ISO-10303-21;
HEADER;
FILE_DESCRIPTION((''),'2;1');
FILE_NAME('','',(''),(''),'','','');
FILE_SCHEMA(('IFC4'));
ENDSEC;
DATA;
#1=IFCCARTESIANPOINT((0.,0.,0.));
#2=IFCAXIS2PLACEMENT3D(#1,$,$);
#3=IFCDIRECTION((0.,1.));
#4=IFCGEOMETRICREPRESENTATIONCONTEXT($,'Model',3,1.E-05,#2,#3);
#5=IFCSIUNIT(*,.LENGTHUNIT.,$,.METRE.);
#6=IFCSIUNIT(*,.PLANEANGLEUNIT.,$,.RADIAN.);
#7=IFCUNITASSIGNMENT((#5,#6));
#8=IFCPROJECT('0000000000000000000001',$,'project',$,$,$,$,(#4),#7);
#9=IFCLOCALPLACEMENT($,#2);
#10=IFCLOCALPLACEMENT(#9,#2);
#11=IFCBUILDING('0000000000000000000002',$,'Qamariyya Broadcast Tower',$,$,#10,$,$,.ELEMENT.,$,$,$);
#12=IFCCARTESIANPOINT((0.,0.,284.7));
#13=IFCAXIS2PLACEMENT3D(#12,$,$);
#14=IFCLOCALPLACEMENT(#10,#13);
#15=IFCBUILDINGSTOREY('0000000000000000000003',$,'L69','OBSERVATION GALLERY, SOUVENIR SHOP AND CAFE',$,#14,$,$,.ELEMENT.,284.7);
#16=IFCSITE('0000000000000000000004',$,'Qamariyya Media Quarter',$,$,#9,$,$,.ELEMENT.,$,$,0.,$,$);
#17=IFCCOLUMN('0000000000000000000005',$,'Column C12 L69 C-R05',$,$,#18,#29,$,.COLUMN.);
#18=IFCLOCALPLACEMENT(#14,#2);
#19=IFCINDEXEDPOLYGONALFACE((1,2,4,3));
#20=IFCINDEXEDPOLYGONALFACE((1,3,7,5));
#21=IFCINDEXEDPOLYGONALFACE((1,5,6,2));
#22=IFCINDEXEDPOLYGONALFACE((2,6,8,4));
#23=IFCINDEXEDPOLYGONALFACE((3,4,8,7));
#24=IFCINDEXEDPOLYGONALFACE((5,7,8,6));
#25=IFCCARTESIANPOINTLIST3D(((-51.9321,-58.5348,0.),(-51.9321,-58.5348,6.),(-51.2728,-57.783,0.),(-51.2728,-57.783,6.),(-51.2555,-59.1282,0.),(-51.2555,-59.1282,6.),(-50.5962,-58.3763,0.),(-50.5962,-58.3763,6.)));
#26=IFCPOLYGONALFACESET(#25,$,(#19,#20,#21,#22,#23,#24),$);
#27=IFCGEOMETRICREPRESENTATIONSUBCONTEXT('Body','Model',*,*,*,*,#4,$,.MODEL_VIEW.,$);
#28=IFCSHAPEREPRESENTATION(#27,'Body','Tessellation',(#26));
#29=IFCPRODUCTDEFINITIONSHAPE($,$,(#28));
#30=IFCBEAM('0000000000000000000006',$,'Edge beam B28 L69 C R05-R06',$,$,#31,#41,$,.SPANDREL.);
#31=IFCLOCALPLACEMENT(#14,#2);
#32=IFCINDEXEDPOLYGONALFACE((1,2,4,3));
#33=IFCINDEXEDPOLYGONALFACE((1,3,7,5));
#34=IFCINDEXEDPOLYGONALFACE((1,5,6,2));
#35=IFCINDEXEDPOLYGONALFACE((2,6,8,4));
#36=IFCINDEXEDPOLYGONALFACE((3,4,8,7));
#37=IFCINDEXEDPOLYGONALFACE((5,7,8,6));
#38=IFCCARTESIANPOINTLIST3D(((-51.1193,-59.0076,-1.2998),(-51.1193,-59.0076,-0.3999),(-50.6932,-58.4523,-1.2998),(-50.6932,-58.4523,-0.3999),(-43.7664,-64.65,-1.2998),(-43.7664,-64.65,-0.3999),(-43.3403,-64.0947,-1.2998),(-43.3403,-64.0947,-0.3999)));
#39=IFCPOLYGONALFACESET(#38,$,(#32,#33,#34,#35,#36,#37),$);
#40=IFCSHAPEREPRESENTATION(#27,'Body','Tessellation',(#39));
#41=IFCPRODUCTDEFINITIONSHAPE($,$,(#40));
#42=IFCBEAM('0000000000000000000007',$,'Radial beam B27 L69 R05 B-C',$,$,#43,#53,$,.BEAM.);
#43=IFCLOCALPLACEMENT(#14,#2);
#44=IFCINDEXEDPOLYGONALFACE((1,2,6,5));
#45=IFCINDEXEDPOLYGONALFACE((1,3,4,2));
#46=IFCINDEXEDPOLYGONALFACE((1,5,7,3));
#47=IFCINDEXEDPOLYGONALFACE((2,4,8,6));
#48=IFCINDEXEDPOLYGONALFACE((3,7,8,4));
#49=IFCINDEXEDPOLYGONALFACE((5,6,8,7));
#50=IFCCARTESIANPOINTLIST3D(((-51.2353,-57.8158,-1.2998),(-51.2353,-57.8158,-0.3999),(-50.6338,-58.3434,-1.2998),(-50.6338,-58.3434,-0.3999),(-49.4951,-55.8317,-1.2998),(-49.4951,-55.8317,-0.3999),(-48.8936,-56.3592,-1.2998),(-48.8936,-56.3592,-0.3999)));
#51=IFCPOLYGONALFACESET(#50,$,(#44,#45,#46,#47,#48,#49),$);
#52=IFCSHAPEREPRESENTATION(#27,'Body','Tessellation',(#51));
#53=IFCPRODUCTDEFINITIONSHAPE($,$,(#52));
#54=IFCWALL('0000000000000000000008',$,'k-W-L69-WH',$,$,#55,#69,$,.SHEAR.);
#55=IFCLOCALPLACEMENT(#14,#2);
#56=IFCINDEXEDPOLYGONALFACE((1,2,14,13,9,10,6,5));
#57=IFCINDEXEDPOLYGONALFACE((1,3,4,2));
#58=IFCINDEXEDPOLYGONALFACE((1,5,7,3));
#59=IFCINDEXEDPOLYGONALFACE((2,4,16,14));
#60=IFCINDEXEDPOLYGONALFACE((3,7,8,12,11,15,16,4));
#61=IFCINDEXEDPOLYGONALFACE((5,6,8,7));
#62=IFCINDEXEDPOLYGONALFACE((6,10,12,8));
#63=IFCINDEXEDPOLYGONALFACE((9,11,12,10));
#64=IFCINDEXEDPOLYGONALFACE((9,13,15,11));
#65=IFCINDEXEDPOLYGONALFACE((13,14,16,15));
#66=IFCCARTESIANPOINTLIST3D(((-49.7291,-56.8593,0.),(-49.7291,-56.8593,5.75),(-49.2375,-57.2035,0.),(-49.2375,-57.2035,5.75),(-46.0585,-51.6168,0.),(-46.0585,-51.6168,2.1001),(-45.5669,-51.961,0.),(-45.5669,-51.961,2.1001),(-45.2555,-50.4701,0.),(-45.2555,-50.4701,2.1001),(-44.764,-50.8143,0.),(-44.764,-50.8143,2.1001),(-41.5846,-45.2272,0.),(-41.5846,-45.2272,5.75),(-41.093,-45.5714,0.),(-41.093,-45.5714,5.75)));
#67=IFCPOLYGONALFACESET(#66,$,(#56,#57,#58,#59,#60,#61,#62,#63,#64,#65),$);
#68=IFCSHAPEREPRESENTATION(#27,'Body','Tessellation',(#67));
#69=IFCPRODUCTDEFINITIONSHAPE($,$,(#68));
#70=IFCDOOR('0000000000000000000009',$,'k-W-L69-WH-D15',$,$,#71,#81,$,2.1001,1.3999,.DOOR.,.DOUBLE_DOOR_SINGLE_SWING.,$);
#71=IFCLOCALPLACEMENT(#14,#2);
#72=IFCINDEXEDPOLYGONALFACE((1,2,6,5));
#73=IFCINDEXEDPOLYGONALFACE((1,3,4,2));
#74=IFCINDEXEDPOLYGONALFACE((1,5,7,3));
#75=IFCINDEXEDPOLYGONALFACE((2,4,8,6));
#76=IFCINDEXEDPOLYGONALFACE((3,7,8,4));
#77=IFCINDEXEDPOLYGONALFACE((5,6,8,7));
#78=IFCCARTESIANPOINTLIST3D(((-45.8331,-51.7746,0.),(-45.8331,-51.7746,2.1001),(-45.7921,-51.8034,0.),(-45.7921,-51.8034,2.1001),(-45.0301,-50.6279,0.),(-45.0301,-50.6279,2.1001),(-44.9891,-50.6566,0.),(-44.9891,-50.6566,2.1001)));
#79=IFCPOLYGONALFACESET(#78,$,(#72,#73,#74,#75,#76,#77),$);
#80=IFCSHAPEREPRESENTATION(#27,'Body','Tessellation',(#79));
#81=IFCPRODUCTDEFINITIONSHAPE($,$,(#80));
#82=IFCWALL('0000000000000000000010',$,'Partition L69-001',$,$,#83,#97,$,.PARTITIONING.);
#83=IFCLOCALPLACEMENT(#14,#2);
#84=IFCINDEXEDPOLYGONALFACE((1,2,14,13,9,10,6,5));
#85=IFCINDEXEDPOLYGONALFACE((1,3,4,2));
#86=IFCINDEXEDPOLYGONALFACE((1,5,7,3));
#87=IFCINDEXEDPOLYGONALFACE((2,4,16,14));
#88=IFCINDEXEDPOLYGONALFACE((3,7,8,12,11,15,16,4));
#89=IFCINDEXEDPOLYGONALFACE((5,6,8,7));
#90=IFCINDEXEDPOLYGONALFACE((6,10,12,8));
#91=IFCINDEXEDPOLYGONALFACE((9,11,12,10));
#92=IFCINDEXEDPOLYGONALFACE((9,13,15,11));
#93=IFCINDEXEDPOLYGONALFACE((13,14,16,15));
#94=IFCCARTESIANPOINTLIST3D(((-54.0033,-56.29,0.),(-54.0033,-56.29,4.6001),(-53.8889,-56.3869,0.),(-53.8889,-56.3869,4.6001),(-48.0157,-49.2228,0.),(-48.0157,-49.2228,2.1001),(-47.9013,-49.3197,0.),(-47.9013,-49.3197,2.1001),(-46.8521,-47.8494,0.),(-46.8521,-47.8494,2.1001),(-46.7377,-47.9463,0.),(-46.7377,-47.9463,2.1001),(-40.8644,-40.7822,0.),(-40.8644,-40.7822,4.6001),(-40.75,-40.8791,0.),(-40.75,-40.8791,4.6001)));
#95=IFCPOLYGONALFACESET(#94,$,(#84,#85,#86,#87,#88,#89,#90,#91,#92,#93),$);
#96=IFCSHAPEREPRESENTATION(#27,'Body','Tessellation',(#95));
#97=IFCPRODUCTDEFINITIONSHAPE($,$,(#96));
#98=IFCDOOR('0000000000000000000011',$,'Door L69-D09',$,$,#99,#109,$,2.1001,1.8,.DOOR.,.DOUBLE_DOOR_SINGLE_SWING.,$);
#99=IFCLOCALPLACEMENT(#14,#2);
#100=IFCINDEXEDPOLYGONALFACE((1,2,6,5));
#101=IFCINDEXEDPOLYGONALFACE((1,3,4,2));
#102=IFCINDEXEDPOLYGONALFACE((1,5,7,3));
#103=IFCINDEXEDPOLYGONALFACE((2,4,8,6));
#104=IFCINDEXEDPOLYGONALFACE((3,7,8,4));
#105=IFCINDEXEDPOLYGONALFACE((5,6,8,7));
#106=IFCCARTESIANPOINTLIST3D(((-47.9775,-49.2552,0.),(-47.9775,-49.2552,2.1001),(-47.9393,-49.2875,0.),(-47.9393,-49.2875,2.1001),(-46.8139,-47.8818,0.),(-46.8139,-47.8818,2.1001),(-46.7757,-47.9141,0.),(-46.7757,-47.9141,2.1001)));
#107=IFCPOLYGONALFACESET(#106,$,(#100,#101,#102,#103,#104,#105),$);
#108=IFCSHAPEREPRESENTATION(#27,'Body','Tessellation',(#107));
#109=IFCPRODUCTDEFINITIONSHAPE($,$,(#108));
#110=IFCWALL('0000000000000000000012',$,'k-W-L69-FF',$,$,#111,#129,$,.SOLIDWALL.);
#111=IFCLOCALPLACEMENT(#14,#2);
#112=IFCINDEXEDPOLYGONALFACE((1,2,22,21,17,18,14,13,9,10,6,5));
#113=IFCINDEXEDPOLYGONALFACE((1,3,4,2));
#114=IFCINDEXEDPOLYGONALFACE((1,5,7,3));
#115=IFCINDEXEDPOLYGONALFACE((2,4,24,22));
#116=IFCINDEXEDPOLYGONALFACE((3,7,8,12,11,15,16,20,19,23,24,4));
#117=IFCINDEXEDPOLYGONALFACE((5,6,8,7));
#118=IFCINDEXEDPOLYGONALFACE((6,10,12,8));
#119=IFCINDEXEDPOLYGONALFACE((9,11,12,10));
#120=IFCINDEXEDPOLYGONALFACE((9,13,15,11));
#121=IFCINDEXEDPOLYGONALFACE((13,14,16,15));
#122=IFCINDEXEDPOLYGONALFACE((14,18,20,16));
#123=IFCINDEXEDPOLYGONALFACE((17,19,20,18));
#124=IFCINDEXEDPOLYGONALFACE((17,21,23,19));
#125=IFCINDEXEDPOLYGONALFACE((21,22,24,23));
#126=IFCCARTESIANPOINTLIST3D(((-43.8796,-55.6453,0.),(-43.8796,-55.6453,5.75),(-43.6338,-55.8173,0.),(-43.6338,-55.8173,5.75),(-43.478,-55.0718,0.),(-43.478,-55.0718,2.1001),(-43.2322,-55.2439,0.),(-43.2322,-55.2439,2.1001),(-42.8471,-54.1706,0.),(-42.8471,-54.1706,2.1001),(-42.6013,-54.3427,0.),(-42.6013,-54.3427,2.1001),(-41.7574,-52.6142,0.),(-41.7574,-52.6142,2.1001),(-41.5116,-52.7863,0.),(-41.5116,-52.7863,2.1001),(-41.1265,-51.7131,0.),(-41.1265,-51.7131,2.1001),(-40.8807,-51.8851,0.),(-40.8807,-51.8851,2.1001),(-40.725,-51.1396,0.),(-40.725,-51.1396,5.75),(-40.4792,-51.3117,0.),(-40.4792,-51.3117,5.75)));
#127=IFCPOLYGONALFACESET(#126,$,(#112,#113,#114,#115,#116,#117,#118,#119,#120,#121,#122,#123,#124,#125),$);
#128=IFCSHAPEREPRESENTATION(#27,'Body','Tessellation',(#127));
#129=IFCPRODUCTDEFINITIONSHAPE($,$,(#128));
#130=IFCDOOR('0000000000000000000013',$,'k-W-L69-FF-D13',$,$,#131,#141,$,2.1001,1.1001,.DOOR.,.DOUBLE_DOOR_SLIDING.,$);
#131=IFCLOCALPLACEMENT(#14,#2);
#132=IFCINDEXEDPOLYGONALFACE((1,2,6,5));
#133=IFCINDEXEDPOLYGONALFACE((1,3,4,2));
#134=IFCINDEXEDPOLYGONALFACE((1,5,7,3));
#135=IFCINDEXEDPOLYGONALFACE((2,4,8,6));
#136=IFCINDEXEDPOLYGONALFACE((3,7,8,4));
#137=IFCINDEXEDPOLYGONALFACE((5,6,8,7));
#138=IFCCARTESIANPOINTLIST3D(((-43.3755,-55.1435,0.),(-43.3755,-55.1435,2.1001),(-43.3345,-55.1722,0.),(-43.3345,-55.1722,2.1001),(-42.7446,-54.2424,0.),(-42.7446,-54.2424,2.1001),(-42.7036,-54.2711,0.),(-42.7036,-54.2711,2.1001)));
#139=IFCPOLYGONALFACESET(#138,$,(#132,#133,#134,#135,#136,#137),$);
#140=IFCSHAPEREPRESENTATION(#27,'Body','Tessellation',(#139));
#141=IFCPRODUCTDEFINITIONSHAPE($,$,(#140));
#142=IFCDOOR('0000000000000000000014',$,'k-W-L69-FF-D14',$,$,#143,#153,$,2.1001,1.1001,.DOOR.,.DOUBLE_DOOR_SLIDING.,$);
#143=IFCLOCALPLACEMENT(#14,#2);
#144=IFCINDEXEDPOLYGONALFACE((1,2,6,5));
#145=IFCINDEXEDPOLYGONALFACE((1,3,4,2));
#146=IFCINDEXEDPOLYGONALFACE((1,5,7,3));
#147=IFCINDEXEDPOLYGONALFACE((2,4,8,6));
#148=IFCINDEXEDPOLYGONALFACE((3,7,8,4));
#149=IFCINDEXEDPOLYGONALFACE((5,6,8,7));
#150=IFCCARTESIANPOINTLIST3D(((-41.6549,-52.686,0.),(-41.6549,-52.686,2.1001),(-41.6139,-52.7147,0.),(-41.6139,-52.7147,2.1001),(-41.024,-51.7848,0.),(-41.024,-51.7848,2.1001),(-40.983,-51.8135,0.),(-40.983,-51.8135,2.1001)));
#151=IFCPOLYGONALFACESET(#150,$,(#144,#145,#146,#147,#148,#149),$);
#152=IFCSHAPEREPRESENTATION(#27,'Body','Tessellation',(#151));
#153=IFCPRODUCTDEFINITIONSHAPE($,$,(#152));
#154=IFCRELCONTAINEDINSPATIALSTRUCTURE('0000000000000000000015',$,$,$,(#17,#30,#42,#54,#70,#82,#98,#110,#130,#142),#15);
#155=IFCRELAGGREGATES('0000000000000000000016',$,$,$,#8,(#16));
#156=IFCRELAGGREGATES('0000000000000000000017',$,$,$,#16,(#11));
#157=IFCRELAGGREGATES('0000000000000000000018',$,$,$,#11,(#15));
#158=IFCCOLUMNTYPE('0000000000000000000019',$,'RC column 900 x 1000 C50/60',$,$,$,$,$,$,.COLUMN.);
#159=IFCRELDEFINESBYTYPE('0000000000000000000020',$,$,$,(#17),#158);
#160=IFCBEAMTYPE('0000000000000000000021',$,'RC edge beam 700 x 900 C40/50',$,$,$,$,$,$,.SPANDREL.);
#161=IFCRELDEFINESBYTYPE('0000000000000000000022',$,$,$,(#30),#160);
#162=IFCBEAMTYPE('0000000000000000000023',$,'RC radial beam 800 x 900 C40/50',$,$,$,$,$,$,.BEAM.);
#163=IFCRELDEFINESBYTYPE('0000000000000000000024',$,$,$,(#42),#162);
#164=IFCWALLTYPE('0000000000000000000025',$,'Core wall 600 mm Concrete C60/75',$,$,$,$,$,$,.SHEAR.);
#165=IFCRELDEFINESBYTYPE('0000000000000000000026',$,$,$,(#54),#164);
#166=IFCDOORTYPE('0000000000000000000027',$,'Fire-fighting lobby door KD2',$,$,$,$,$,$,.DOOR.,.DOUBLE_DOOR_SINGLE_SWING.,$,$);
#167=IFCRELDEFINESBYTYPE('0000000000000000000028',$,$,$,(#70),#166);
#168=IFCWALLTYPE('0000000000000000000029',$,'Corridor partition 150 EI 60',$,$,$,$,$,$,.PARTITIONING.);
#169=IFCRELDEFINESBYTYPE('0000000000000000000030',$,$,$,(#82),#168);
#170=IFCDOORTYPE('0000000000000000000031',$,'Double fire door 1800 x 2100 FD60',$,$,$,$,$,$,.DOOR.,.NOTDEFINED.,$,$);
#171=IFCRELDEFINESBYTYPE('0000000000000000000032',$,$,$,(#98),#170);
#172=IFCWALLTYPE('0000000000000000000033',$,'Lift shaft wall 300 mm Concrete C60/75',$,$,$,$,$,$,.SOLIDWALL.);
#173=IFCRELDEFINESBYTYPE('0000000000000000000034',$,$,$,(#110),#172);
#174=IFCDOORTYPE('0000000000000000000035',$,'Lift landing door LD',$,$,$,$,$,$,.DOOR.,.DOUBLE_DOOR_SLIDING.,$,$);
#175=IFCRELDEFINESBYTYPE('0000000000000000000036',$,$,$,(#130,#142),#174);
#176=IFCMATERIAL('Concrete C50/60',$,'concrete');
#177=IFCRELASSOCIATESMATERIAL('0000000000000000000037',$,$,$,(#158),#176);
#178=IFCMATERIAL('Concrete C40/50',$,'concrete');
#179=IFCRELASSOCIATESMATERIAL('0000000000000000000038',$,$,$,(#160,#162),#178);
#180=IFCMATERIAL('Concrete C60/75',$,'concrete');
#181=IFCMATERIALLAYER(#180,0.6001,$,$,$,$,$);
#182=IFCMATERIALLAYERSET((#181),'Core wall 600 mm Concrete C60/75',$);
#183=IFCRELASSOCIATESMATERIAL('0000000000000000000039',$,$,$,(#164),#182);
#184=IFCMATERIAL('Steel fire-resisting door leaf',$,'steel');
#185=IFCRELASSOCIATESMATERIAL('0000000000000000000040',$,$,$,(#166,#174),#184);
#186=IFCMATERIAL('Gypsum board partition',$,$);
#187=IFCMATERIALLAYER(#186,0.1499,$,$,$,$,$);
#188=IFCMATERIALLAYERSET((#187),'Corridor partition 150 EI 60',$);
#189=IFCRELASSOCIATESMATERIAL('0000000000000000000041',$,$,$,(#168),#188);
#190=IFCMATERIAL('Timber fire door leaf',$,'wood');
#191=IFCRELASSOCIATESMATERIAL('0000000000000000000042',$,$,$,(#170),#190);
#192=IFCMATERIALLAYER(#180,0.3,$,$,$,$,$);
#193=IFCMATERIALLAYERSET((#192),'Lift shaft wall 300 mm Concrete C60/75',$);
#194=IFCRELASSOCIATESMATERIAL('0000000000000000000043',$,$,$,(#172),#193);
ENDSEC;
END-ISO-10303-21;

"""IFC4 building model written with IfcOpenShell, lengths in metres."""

from ifc_helpers import new_model, si_unit, direction, frame, frame_2d, origin, origin_2d, place, context, subcontext, project, spatial, rectangle, extrude, material, layer, layer_set, material_profile, profile_set, type_object, element, fill, save


model = new_model("IFC4")

# Units and contexts
model_context = context("Model", 3, precision=1e-05, world=origin(), true_north=direction((0.0, 1.0)))
body_context = subcontext(model_context, "Body", "Model", "MODEL_VIEW")
ifc_project = project(units=[si_unit("LENGTHUNIT", "METRE"), si_unit("PLANEANGLEUNIT", "RADIAN")], contexts=[model_context])

# Site, building, storey
site_placement = place(None, origin())
site = spatial("IfcSite", under=ifc_project, at=site_placement, Name="Qamariyya Media Quarter", CompositionType="ELEMENT", RefElevation=0.0)
building_placement = place(site_placement, origin())
building = spatial("IfcBuilding", under=site, at=building_placement, Name="Qamariyya Broadcast Tower", CompositionType="ELEMENT")
storey_placement = place(building_placement, frame((0.0, 0.0, 284.7)))
storey = spatial("IfcBuildingStorey", under=building, at=storey_placement, Name="L69", Description="OBSERVATION GALLERY, SOUVENIR SHOP AND CAFE", CompositionType="ELEMENT", Elevation=284.7)

# Column
ifc_material_1 = material(Name="Concrete C50/60", Category="concrete")
ifc_material_profile_1 = material_profile(ifc_material_1, rectangle(XDim=0.8999, YDim=1.0, at=origin_2d()))
ifc_profile_set_1 = profile_set([ifc_material_profile_1], Name="Concrete C50/60")
column_type = type_object("IfcColumnType", Name="RC column 900 x 1000 C50/60", PredefinedType="COLUMN", material=ifc_profile_set_1)
column_placement = place(storey_placement, frame((-51.2642, -58.4556, 0.0), z_axis=(0.0, 0.0, 1.0), x_axis=(0.75184, -0.659346, 0.0)))
element("IfcColumn", 1, at=column_placement, inside=storey, type_object=column_type, Name="Column C12 L69 C-R05", PredefinedType="COLUMN", context=body_context, shape_type="SweptSolid", body=[
    extrude(rectangle(XDim=0.8999, YDim=1.0, at=origin_2d()), origin(), (0.0, 0.0, 1.0), 6.0),
])

# Beams
ifc_material_2 = material(Name="Concrete C40/50", Category="concrete")
ifc_material_profile_2 = material_profile(ifc_material_2, rectangle(XDim=0.7, YDim=0.8999, at=origin_2d()))
ifc_profile_set_2 = profile_set([ifc_material_profile_2], Name="Concrete C40/50")
beam_type_1 = type_object("IfcBeamType", Name="RC edge beam 700 x 900 C40/50", PredefinedType="SPANDREL", material=ifc_profile_set_2)
beam_1_placement = place(storey_placement, frame((-50.9062, -58.73, -0.8499), z_axis=(0.793335, -0.608785, 0.0), x_axis=(0.608785, 0.793335, 0.0)))
element("IfcBeam", 2, at=beam_1_placement, inside=storey, type_object=beam_type_1, Name="Edge beam B28 L69 C R05-R06", PredefinedType="SPANDREL", context=body_context, shape_type="SweptSolid", body=[
    extrude(rectangle(XDim=0.7, YDim=0.8999, at=origin_2d()), origin(), (0.0, 0.0, 1.0), 9.2683),
])
ifc_material_profile_3 = material_profile(ifc_material_2, rectangle(XDim=0.8, YDim=0.8999, at=origin_2d()))
ifc_profile_set_3 = profile_set([ifc_material_profile_3], Name="Concrete C40/50")
beam_type_2 = type_object("IfcBeamType", Name="RC radial beam 800 x 900 C40/50", PredefinedType="BEAM", material=ifc_profile_set_3)
beam_2_placement = place(storey_placement, frame((-49.1943, -56.0955, -0.8499), z_axis=(-0.659388, -0.751803, 0.0), x_axis=(0.751803, -0.659388, 0.0)))
element("IfcBeam", 3, at=beam_2_placement, inside=storey, type_object=beam_type_2, Name="Radial beam B27 L69 R05 B-C", PredefinedType="BEAM", context=body_context, shape_type="SweptSolid", body=[
    extrude(rectangle(XDim=0.8, YDim=0.8999, at=origin_2d()), origin(), (0.0, 0.0, 1.0), 2.6392),
])

# Walls, openings, doors
ifc_material_3 = material(Name="Concrete C60/75", Category="concrete")
ifc_layer_1 = layer(ifc_material_3, 0.6001)
ifc_layer_set_1 = layer_set([ifc_layer_1], Name="Core wall 600 mm Concrete C60/75")
wall_type_1 = type_object("IfcWallType", Name="Core wall 600 mm Concrete C60/75", PredefinedType="SHEAR", material=ifc_layer_set_1)
wall_1_placement = place(storey_placement, frame((-49.4834, -57.0315, 0.0), z_axis=(0.0, 0.0, 1.0), x_axis=(0.57356, 0.819163, 0.0)))
wall_1 = element("IfcWall", 4, at=wall_1_placement, inside=storey, type_object=wall_type_1, Name="k-W-L69-WH", PredefinedType="SHEAR", context=body_context, shape_type="SweptSolid", body=[
    extrude(rectangle(XDim=14.2, YDim=0.6001, at=frame_2d((7.1001, 0.0))), origin(), (0.0, 0.0, 1.0), 5.75),
])
opening_1_placement = place(wall_1_placement, frame((6.3999, 0.0, 0.0)))
opening_1 = element("IfcOpeningElement", 5, at=opening_1_placement, cuts=wall_1, PredefinedType="OPENING", context=body_context, shape_type="SweptSolid", body=[
    extrude(rectangle(XDim=1.3999, YDim=2.1001, at=frame_2d((0.7, 1.05))), frame((0.0, 0.3101, 0.0), z_axis=(0.0, -1.0, 0.0), x_axis=(1.0, 0.0, 0.0)), (0.0, 0.0, 1.0), 0.6201),
])
ifc_material_4 = material(Name="Steel fire-resisting door leaf", Category="steel")
door_type_1 = type_object("IfcDoorType", Name="Fire-fighting lobby door KD2", OperationType="DOUBLE_DOOR_SINGLE_SWING", PredefinedType="DOOR", material=ifc_material_4)
door_1_placement = place(opening_1_placement, origin())
door_1 = element("IfcDoor", 6, at=door_1_placement, inside=storey, type_object=door_type_1, Name="k-W-L69-WH-D15", OperationType="DOUBLE_DOOR_SINGLE_SWING", OverallHeight=2.1001, OverallWidth=1.3999, PredefinedType="DOOR", context=body_context, shape_type="SweptSolid", body=[
    extrude(rectangle(XDim=1.3999, YDim=2.1001, at=frame_2d((0.7, 1.05))), frame((0.0, 0.0249, 0.0), z_axis=(0.0, -1.0, 0.0), x_axis=(1.0, 0.0, 0.0)), (0.0, 0.0, 1.0), 0.05),
])
fill(opening_1, door_1)
ifc_material_5 = material(Name="Gypsum board partition")
ifc_layer_2 = layer(ifc_material_5, 0.1499)
ifc_layer_set_2 = layer_set([ifc_layer_2], Name="Corridor partition 150 EI 60")
wall_type_2 = type_object("IfcWallType", Name="Corridor partition 150 EI 60", PredefinedType="PARTITIONING", material=ifc_layer_set_2)
wall_2_placement = place(storey_placement, frame((-53.946, -56.3384, 0.0), z_axis=(0.0, 0.0, 1.0), x_axis=(0.646427, 0.762976, 0.0)))
wall_2 = element("IfcWall", 7, at=wall_2_placement, inside=storey, type_object=wall_type_2, Name="Partition L69-001", PredefinedType="PARTITIONING", context=body_context, shape_type="SweptSolid", body=[
    extrude(rectangle(XDim=20.3254, YDim=0.1499, at=frame_2d((10.1626, 0.0))), origin(), (0.0, 0.0, 1.0), 4.6001),
])
opening_2_placement = place(wall_2_placement, frame((9.2627, 0.0, 0.0)))
opening_2 = element("IfcOpeningElement", 8, at=opening_2_placement, cuts=wall_2, PredefinedType="OPENING", context=body_context, shape_type="SweptSolid", body=[
    extrude(rectangle(XDim=1.8, YDim=2.1001, at=frame_2d((0.8999, 1.05))), frame((0.0, 0.085, 0.0), z_axis=(0.0, -1.0, 0.0), x_axis=(1.0, 0.0, 0.0)), (0.0, 0.0, 1.0), 0.1699),
])
ifc_material_6 = material(Name="Timber fire door leaf", Category="wood")
door_type_2 = type_object("IfcDoorType", Name="Double fire door 1800 x 2100 FD60", OperationType="NOTDEFINED", PredefinedType="DOOR", material=ifc_material_6)
door_2_placement = place(opening_2_placement, origin())
door_2 = element("IfcDoor", 9, at=door_2_placement, inside=storey, type_object=door_type_2, Name="Door L69-D09", OperationType="DOUBLE_DOOR_SINGLE_SWING", OverallHeight=2.1001, OverallWidth=1.8, PredefinedType="DOOR", context=body_context, shape_type="SweptSolid", body=[
    extrude(rectangle(XDim=1.8, YDim=2.1001, at=frame_2d((0.8999, 1.05))), frame((0.0, 0.0249, 0.0), z_axis=(0.0, -1.0, 0.0), x_axis=(1.0, 0.0, 0.0)), (0.0, 0.0, 1.0), 0.05),
])
fill(opening_2, door_2)

# Wall, openings, doors
ifc_layer_3 = layer(ifc_material_3, 0.3)
ifc_layer_set_3 = layer_set([ifc_layer_3], Name="Lift shaft wall 300 mm Concrete C60/75")
wall_type_3 = type_object("IfcWallType", Name="Lift shaft wall 300 mm Concrete C60/75", PredefinedType="SOLIDWALL", material=ifc_layer_set_3)
wall_3_placement = place(storey_placement, frame((-43.7566, -55.7312, 0.0), z_axis=(0.0, 0.0, 1.0), x_axis=(0.573537, 0.81918, 0.0)))
wall_3 = element("IfcWall", 10, at=wall_3_placement, inside=storey, type_object=wall_type_3, Name="k-W-L69-FF", PredefinedType="SOLIDWALL", context=body_context, shape_type="SweptSolid", body=[
    extrude(rectangle(XDim=5.5002, YDim=0.3, at=frame_2d((2.75, 0.0))), origin(), (0.0, 0.0, 1.0), 5.75),
])
opening_3_placement = place(wall_3_placement, frame((0.7, 0.0, 0.0)))
opening_3 = element("IfcOpeningElement", 11, at=opening_3_placement, cuts=wall_3, PredefinedType="OPENING", context=body_context, shape_type="SweptSolid", body=[
    extrude(rectangle(XDim=1.1001, YDim=2.1001, at=frame_2d((0.55, 1.05))), frame((0.0, 0.1599, 0.0), z_axis=(0.0, -1.0, 0.0), x_axis=(1.0, 0.0, 0.0)), (0.0, 0.0, 1.0), 0.3201),
])
opening_4_placement = place(wall_3_placement, frame((3.7, 0.0, 0.0)))
opening_4 = element("IfcOpeningElement", 12, at=opening_4_placement, cuts=wall_3, PredefinedType="OPENING", context=body_context, shape_type="SweptSolid", body=[
    extrude(rectangle(XDim=1.1001, YDim=2.1001, at=frame_2d((0.55, 1.05))), frame((0.0, 0.1599, 0.0), z_axis=(0.0, -1.0, 0.0), x_axis=(1.0, 0.0, 0.0)), (0.0, 0.0, 1.0), 0.3201),
])
door_type_3 = type_object("IfcDoorType", Name="Lift landing door LD", OperationType="DOUBLE_DOOR_SLIDING", PredefinedType="DOOR", material=ifc_material_4)
door_3_placement = place(opening_3_placement, origin())
door_3 = element("IfcDoor", 13, at=door_3_placement, inside=storey, type_object=door_type_3, Name="k-W-L69-FF-D13", OperationType="DOUBLE_DOOR_SLIDING", OverallHeight=2.1001, OverallWidth=1.1001, PredefinedType="DOOR", context=body_context, shape_type="SweptSolid", body=[
    extrude(rectangle(XDim=1.1001, YDim=2.1001, at=frame_2d((0.55, 1.05))), frame((0.0, 0.0249, 0.0), z_axis=(0.0, -1.0, 0.0), x_axis=(1.0, 0.0, 0.0)), (0.0, 0.0, 1.0), 0.05),
])
fill(opening_3, door_3)
door_4_placement = place(opening_4_placement, origin())
door_4 = element("IfcDoor", 14, at=door_4_placement, inside=storey, type_object=door_type_3, Name="k-W-L69-FF-D14", OperationType="DOUBLE_DOOR_SLIDING", OverallHeight=2.1001, OverallWidth=1.1001, PredefinedType="DOOR", context=body_context, shape_type="SweptSolid", body=[
    extrude(rectangle(XDim=1.1001, YDim=2.1001, at=frame_2d((0.55, 1.05))), frame((0.0, 0.0249, 0.0), z_axis=(0.0, -1.0, 0.0), x_axis=(1.0, 0.0, 0.0)), (0.0, 0.0, 1.0), 0.05),
])
fill(opening_4, door_4)

save(model, "model.ifc")
